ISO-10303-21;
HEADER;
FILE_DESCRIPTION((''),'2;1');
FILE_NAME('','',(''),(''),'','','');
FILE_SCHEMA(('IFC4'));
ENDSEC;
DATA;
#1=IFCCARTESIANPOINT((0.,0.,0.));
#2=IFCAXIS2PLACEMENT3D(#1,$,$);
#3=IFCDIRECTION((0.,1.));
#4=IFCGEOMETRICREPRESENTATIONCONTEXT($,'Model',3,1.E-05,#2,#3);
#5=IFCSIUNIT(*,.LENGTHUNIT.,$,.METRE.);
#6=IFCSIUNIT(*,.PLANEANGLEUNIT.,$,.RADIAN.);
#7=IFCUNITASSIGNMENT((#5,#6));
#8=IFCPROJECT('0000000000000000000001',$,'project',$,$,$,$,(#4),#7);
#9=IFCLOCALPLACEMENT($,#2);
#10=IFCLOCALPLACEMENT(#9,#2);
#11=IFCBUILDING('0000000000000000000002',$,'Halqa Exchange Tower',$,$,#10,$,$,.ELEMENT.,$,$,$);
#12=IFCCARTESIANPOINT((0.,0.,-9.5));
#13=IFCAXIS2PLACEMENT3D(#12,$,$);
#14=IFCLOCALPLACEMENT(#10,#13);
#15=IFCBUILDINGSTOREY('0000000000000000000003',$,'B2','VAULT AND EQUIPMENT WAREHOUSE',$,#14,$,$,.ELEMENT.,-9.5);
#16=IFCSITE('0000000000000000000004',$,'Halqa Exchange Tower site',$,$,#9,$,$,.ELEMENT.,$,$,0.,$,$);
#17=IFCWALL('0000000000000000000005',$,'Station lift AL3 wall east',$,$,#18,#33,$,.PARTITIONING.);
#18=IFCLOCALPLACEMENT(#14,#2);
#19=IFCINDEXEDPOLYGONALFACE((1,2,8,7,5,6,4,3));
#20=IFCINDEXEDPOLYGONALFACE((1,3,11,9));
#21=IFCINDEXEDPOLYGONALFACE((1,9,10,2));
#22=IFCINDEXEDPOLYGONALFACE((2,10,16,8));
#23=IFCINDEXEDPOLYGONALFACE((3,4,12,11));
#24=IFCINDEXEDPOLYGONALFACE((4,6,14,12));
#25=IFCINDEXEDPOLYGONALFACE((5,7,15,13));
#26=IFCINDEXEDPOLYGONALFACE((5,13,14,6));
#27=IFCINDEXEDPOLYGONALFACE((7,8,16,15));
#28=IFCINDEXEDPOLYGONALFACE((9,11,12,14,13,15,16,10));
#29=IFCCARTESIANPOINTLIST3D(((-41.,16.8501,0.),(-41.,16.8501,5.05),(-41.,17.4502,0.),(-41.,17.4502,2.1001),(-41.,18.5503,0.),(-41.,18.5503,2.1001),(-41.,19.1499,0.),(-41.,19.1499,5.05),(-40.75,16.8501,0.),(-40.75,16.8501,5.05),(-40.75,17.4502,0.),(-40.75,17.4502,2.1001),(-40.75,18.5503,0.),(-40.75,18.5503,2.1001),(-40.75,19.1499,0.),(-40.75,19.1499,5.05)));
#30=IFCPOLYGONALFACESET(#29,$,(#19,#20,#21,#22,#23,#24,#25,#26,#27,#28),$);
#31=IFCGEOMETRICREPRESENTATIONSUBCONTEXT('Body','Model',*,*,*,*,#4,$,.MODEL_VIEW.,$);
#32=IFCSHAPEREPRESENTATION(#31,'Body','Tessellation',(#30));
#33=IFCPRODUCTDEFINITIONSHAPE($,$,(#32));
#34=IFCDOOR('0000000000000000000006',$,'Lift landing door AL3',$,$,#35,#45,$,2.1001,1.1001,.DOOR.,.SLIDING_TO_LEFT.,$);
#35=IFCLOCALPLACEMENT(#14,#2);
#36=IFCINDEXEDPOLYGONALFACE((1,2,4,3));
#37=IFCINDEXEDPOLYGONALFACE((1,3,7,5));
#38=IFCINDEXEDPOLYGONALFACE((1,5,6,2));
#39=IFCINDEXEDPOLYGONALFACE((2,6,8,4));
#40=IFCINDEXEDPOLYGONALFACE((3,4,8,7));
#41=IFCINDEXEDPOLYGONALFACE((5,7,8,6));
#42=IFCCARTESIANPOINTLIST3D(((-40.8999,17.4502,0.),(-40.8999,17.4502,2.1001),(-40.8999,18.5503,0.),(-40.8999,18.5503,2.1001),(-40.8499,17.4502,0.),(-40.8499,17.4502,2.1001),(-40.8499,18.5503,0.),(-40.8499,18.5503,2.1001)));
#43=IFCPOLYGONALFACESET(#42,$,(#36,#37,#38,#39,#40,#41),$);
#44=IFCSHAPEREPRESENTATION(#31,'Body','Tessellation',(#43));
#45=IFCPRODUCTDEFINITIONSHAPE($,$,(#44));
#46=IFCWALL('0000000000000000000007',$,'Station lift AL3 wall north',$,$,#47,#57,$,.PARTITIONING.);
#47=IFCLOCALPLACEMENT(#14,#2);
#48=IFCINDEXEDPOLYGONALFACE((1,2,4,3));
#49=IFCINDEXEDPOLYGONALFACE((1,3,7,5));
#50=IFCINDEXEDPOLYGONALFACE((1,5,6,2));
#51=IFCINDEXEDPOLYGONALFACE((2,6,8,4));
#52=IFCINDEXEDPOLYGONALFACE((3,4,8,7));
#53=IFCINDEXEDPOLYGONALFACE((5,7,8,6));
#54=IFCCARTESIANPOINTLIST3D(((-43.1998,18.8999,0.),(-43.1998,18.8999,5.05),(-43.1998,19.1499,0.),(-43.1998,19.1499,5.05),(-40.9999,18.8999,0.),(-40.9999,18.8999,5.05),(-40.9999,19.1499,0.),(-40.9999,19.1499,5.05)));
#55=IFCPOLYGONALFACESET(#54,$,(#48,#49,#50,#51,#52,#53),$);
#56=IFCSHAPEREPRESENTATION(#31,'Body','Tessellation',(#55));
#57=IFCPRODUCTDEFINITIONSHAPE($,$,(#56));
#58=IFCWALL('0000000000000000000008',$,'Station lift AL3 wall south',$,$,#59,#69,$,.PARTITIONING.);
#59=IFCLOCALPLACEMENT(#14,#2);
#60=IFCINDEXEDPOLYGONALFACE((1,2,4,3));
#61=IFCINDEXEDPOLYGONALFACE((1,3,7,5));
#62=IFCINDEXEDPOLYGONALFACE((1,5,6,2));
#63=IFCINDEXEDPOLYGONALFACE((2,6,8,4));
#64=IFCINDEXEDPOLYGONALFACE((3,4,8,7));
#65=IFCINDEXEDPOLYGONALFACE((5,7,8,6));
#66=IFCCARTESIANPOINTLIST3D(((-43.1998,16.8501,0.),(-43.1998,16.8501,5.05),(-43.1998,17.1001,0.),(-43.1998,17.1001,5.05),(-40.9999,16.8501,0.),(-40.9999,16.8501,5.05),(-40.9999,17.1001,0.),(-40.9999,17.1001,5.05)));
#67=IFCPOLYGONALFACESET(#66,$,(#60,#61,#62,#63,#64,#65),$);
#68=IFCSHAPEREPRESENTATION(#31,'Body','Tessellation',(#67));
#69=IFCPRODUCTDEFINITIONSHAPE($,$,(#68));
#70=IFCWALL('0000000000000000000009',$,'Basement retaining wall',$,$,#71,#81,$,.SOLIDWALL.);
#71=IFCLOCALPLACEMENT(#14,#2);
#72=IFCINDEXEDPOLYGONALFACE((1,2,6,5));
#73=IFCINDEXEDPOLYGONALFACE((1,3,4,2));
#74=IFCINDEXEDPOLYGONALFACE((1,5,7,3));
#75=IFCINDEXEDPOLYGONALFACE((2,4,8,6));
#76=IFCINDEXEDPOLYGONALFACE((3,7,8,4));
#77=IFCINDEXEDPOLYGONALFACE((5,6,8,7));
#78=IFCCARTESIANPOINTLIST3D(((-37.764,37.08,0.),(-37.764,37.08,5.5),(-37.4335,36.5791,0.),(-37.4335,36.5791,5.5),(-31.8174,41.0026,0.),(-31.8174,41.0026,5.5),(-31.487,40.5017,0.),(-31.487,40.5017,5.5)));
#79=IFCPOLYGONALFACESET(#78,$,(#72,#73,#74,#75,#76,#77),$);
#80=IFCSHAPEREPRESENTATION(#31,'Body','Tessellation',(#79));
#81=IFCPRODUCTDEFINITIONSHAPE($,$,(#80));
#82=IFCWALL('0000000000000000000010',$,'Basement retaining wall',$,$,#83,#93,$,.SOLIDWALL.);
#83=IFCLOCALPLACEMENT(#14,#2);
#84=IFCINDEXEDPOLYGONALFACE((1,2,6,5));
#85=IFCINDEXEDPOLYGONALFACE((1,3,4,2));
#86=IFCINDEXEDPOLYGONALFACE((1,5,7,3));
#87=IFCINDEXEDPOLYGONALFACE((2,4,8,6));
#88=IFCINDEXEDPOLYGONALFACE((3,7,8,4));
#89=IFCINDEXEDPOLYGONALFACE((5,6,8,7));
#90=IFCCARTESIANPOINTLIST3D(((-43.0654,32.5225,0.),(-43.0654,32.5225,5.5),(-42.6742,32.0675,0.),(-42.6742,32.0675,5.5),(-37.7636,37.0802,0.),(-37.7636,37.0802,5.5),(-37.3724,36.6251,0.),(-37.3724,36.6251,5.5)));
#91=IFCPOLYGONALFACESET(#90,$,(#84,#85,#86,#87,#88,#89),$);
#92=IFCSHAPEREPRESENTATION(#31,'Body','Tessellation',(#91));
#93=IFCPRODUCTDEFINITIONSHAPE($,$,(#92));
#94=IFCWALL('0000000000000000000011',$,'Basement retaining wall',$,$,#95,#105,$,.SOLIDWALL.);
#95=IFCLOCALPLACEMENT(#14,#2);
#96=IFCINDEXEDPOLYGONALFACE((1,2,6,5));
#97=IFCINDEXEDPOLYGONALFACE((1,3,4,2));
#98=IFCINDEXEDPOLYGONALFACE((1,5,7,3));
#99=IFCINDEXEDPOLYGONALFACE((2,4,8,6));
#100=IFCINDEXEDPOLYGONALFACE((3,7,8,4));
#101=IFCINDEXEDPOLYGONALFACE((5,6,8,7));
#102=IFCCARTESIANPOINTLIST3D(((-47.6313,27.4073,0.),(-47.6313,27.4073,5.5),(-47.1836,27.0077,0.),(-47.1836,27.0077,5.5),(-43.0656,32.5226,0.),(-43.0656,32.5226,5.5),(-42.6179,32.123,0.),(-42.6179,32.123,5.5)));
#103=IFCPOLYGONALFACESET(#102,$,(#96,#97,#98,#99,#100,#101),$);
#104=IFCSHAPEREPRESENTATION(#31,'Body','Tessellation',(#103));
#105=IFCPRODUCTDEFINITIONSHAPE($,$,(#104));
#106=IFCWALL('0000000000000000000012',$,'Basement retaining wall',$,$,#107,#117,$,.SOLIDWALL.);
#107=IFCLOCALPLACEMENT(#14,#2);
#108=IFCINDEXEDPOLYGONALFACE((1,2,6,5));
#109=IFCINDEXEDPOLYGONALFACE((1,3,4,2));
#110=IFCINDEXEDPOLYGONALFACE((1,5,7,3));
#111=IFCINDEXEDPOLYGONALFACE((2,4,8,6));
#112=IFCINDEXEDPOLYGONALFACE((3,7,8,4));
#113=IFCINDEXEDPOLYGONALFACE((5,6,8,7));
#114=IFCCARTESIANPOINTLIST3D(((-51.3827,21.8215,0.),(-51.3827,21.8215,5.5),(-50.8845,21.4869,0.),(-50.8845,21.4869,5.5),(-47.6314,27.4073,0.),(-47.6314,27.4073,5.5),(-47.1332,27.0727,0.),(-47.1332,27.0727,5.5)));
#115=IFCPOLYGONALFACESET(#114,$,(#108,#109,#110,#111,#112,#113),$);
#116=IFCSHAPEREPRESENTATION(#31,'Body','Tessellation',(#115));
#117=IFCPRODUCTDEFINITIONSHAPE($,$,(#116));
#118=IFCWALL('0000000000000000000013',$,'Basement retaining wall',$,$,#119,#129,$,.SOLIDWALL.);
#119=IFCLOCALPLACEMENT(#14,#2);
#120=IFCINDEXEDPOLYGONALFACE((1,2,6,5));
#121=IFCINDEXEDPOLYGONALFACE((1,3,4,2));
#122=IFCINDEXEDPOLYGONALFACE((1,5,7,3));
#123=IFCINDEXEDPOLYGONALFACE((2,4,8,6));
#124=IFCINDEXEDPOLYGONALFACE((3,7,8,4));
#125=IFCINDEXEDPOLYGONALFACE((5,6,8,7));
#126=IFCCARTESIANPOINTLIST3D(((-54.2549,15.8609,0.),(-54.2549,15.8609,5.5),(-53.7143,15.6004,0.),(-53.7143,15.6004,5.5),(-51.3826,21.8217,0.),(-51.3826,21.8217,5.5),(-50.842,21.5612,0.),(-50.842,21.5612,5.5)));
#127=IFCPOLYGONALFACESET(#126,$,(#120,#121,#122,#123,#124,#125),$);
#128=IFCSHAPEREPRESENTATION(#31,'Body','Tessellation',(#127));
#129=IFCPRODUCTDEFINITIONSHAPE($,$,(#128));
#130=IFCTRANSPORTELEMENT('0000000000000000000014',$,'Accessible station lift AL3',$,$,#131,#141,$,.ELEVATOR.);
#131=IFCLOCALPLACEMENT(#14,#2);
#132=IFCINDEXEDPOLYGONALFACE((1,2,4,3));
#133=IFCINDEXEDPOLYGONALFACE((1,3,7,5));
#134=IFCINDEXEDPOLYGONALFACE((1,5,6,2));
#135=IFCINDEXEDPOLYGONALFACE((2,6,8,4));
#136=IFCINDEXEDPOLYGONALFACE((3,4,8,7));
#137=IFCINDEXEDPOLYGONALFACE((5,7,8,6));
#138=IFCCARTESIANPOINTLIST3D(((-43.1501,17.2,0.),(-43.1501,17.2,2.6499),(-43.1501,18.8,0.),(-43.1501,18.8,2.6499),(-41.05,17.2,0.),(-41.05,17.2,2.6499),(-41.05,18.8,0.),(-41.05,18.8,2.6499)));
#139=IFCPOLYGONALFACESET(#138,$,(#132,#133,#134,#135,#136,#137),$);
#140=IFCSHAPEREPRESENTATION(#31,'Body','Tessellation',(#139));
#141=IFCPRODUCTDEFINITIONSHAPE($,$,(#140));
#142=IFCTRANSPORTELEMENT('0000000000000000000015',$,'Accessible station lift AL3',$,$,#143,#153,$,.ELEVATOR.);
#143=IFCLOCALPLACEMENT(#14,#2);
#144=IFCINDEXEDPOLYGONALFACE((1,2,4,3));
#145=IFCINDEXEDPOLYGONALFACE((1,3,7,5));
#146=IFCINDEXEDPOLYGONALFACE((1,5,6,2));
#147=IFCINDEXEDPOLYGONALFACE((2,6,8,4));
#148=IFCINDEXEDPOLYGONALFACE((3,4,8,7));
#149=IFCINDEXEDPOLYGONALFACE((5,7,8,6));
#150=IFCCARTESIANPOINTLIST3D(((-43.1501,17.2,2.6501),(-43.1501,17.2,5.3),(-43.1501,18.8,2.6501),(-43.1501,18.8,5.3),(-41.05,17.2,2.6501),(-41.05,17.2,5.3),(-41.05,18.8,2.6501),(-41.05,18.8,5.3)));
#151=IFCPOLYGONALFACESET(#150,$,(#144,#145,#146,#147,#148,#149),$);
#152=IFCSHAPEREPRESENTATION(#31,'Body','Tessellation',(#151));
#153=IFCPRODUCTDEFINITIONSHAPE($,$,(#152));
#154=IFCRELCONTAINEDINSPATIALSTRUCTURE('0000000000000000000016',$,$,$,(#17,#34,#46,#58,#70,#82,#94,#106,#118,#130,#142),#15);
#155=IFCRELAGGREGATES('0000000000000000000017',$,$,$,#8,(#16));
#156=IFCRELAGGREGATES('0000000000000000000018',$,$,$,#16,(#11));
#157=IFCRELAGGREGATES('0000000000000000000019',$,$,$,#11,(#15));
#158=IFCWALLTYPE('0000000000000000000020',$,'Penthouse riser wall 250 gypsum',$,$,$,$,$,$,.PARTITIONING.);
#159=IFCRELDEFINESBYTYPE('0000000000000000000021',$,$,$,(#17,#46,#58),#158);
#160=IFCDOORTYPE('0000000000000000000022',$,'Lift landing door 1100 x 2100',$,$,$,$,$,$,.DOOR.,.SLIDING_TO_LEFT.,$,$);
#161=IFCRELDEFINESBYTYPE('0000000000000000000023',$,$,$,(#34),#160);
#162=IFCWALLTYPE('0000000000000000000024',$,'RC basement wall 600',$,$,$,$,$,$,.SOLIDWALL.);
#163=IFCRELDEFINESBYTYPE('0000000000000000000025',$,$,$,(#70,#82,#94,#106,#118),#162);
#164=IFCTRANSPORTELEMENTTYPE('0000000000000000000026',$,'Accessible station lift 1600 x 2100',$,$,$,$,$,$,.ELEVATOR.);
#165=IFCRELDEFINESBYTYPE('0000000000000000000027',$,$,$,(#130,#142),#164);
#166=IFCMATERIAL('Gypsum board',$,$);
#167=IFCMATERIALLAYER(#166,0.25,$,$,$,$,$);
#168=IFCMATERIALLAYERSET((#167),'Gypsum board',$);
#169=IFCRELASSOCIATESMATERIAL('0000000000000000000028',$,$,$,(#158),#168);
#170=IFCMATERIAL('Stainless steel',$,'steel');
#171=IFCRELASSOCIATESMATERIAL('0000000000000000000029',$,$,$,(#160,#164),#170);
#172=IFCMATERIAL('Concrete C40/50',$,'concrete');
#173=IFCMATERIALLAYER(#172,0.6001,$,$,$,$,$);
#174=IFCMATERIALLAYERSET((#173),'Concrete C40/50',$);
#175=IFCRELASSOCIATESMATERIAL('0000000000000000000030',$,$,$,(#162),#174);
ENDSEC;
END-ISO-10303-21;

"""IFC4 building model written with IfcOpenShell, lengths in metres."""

from ifc_helpers import new_model, si_unit, direction, frame, frame_2d, origin, origin_2d, place, context, subcontext, project, spatial, rectangle, extrude, material, layer, layer_set, type_object, element, fill, save


model = new_model("IFC4")

# Units and contexts
model_context = context("Model", 3, precision=1e-05, world=origin(), true_north=direction((0.0, 1.0)))
body_context = subcontext(model_context, "Body", "Model", "MODEL_VIEW")
ifc_project = project(units=[si_unit("LENGTHUNIT", "METRE"), si_unit("PLANEANGLEUNIT", "RADIAN")], contexts=[model_context])

# Site, building, storey
site_placement = place(None, origin())
site = spatial("IfcSite", under=ifc_project, at=site_placement, Name="Halqa Exchange Tower site", CompositionType="ELEMENT", RefElevation=0.0)
building_placement = place(site_placement, origin())
building = spatial("IfcBuilding", under=site, at=building_placement, Name="Halqa Exchange Tower", CompositionType="ELEMENT")
storey_placement = place(building_placement, frame((0.0, 0.0, -9.5)))
storey = spatial("IfcBuildingStorey", under=building, at=storey_placement, Name="B2", Description="VAULT AND EQUIPMENT WAREHOUSE", CompositionType="ELEMENT", Elevation=-9.5)

# Shared definitions
ifc_material_1 = material(Name="Gypsum board")
ifc_layer_1 = layer(ifc_material_1, 0.25)
ifc_layer_set_1 = layer_set([ifc_layer_1], Name="Gypsum board")
wall_type_1 = type_object("IfcWallType", Name="Penthouse riser wall 250 gypsum", PredefinedType="PARTITIONING", material=ifc_layer_set_1)

# Wall, opening, door
wall_1_placement = place(storey_placement, frame((-40.875, 16.8501, 0.0), z_axis=(0.0, 0.0, 1.0), x_axis=(0.0, 1.0, 0.0)))
wall_1 = element("IfcWall", 1, at=wall_1_placement, inside=storey, type_object=wall_type_1, Name="Station lift AL3 wall east", PredefinedType="PARTITIONING", context=body_context, shape_type="SweptSolid", body=[
    extrude(rectangle(XDim=2.2998, YDim=0.25, at=frame_2d((1.1499, 0.0))), origin(), (0.0, 0.0, 1.0), 5.05),
])
opening_1_placement = place(wall_1_placement, frame((0.6001, 0.0, 0.0)))
opening_1 = element("IfcOpeningElement", 2, at=opening_1_placement, cuts=wall_1, PredefinedType="OPENING", context=body_context, shape_type="SweptSolid", body=[
    extrude(rectangle(XDim=1.1001, YDim=2.1001, at=frame_2d((0.55, 1.05))), frame((0.0, 0.137, 0.0), z_axis=(0.0, -1.0, 0.0), x_axis=(1.0, 0.0, 0.0)), (0.0, 0.0, 1.0), 0.2739),
])
ifc_material_2 = material(Name="Stainless steel", Category="steel")
door_type_1 = type_object("IfcDoorType", Name="Lift landing door 1100 x 2100", OperationType="SLIDING_TO_LEFT", PredefinedType="DOOR", material=ifc_material_2)
door_1_placement = place(opening_1_placement, origin())
door_1 = element("IfcDoor", 3, at=door_1_placement, inside=storey, type_object=door_type_1, Name="Lift landing door AL3", OperationType="SLIDING_TO_LEFT", OverallHeight=2.1001, OverallWidth=1.1001, PredefinedType="DOOR", context=body_context, shape_type="SweptSolid", body=[
    extrude(rectangle(XDim=1.1001, YDim=2.1001, at=frame_2d((0.55, 1.05))), frame((0.0, 0.0249, 0.0), z_axis=(0.0, -1.0, 0.0), x_axis=(1.0, 0.0, 0.0)), (0.0, 0.0, 1.0), 0.05),
])
fill(opening_1, door_1)

# Walls
for number, where, z_axis, x_axis, name in (
    (4, (-43.2, 19.0249, 0.0), (0.0, 0.0, 1.0), (1.0, 0.0, 0.0), "Station lift AL3 wall north"),
    (5, (-43.2, 16.9751, 0.0), (0.0, 0.0, 1.0), (1.0, 0.0, 0.0), "Station lift AL3 wall south"),
):
    element("IfcWall", number, at=place(storey_placement, frame(where, z_axis=z_axis, x_axis=x_axis)), inside=storey, type_object=wall_type_1, Name=name, PredefinedType="PARTITIONING", context=body_context, shape_type="SweptSolid", body=[
        extrude(rectangle(XDim=2.2, YDim=0.25, at=frame_2d((1.1001, 0.0))), origin(), (0.0, 0.0, 1.0), 5.05),
    ])
ifc_material_3 = material(Name="Concrete C40/50", Category="concrete")
ifc_layer_2 = layer(ifc_material_3, 0.6001)
ifc_layer_set_2 = layer_set([ifc_layer_2], Name="Concrete C40/50")
wall_type_2 = type_object("IfcWallType", Name="RC basement wall 600", PredefinedType="SOLIDWALL", material=ifc_layer_set_2)
wall_2_placement = place(storey_placement, frame((-31.6521, 40.7522, 0.0), z_axis=(0.0, 0.0, 1.0), x_axis=(-0.834745, -0.550636, 0.0)))
element("IfcWall", 6, at=wall_2_placement, inside=storey, type_object=wall_type_2, Name="Basement retaining wall", PredefinedType="SOLIDWALL", context=body_context, shape_type="SweptSolid", body=[
    extrude(rectangle(XDim=7.1238, YDim=0.6001, at=frame_2d((3.562, 0.0))), origin(), (0.0, 0.0, 1.0), 5.5),
])
wall_3_placement = place(storey_placement, frame((-37.5681, 36.8525, 0.0), z_axis=(0.0, 0.0, 1.0), x_axis=(-0.758319, -0.651883, 0.0)))
element("IfcWall", 7, at=wall_3_placement, inside=storey, type_object=wall_type_2, Name="Basement retaining wall", PredefinedType="SOLIDWALL", context=body_context, shape_type="SweptSolid", body=[
    extrude(rectangle(XDim=6.9915, YDim=0.6001, at=frame_2d((3.4956, 0.0))), origin(), (0.0, 0.0, 1.0), 5.5),
])
wall_4_placement = place(storey_placement, frame((-42.8418, 32.3228, 0.0), z_axis=(0.0, 0.0, 1.0), x_axis=(-0.665894, -0.746046, 0.0)))
element("IfcWall", 8, at=wall_4_placement, inside=storey, type_object=wall_type_2, Name="Basement retaining wall", PredefinedType="SOLIDWALL", context=body_context, shape_type="SweptSolid", body=[
    extrude(rectangle(XDim=6.8564, YDim=0.6001, at=frame_2d((3.4282, 0.0))), origin(), (0.0, 0.0, 1.0), 5.5),
])
wall_5_placement = place(storey_placement, frame((-47.3823, 27.24, 0.0), z_axis=(0.0, 0.0, 1.0), x_axis=(-0.557519, -0.830164, 0.0)))
element("IfcWall", 9, at=wall_5_placement, inside=storey, type_object=wall_type_2, Name="Basement retaining wall", PredefinedType="SOLIDWALL", context=body_context, shape_type="SweptSolid", body=[
    extrude(rectangle(XDim=6.7285, YDim=0.6001, at=frame_2d((3.3643, 0.0))), origin(), (0.0, 0.0, 1.0), 5.5),
])
wall_6_placement = place(storey_placement, frame((-51.1123, 21.6914, 0.0), z_axis=(0.0, 0.0, 1.0), x_axis=(-0.434104, -0.900863, 0.0)))
element("IfcWall", 10, at=wall_6_placement, inside=storey, type_object=wall_type_2, Name="Basement retaining wall", PredefinedType="SOLIDWALL", context=body_context, shape_type="SweptSolid", body=[
    extrude(rectangle(XDim=6.6167, YDim=0.6001, at=frame_2d((3.3083, 0.0))), origin(), (0.0, 0.0, 1.0), 5.5),
])

# Transport elements
transport_element_type = type_object("IfcTransportElementType", Name="Accessible station lift 1600 x 2100", PredefinedType="ELEVATOR", material=ifc_material_2)
for number, where, z_axis, x_axis, name in (
    (11, (-42.1001, 18.0, 0.0), (0.0, 0.0, 1.0), (1.0, 0.0, 0.0), "Accessible station lift AL3"),
    (12, (-42.1001, 18.0, 2.6501), (0.0, 0.0, 1.0), (1.0, 0.0, 0.0), "Accessible station lift AL3"),
):
    element("IfcTransportElement", number, at=place(storey_placement, frame(where, z_axis=z_axis, x_axis=x_axis)), inside=storey, type_object=transport_element_type, Name=name, PredefinedType="ELEVATOR", context=body_context, shape_type="SweptSolid", body=[
        extrude(rectangle(XDim=2.1001, YDim=1.6001, at=origin_2d()), origin(), (0.0, 0.0, 1.0), 2.6499),
    ])

save(model, "model.ifc")
